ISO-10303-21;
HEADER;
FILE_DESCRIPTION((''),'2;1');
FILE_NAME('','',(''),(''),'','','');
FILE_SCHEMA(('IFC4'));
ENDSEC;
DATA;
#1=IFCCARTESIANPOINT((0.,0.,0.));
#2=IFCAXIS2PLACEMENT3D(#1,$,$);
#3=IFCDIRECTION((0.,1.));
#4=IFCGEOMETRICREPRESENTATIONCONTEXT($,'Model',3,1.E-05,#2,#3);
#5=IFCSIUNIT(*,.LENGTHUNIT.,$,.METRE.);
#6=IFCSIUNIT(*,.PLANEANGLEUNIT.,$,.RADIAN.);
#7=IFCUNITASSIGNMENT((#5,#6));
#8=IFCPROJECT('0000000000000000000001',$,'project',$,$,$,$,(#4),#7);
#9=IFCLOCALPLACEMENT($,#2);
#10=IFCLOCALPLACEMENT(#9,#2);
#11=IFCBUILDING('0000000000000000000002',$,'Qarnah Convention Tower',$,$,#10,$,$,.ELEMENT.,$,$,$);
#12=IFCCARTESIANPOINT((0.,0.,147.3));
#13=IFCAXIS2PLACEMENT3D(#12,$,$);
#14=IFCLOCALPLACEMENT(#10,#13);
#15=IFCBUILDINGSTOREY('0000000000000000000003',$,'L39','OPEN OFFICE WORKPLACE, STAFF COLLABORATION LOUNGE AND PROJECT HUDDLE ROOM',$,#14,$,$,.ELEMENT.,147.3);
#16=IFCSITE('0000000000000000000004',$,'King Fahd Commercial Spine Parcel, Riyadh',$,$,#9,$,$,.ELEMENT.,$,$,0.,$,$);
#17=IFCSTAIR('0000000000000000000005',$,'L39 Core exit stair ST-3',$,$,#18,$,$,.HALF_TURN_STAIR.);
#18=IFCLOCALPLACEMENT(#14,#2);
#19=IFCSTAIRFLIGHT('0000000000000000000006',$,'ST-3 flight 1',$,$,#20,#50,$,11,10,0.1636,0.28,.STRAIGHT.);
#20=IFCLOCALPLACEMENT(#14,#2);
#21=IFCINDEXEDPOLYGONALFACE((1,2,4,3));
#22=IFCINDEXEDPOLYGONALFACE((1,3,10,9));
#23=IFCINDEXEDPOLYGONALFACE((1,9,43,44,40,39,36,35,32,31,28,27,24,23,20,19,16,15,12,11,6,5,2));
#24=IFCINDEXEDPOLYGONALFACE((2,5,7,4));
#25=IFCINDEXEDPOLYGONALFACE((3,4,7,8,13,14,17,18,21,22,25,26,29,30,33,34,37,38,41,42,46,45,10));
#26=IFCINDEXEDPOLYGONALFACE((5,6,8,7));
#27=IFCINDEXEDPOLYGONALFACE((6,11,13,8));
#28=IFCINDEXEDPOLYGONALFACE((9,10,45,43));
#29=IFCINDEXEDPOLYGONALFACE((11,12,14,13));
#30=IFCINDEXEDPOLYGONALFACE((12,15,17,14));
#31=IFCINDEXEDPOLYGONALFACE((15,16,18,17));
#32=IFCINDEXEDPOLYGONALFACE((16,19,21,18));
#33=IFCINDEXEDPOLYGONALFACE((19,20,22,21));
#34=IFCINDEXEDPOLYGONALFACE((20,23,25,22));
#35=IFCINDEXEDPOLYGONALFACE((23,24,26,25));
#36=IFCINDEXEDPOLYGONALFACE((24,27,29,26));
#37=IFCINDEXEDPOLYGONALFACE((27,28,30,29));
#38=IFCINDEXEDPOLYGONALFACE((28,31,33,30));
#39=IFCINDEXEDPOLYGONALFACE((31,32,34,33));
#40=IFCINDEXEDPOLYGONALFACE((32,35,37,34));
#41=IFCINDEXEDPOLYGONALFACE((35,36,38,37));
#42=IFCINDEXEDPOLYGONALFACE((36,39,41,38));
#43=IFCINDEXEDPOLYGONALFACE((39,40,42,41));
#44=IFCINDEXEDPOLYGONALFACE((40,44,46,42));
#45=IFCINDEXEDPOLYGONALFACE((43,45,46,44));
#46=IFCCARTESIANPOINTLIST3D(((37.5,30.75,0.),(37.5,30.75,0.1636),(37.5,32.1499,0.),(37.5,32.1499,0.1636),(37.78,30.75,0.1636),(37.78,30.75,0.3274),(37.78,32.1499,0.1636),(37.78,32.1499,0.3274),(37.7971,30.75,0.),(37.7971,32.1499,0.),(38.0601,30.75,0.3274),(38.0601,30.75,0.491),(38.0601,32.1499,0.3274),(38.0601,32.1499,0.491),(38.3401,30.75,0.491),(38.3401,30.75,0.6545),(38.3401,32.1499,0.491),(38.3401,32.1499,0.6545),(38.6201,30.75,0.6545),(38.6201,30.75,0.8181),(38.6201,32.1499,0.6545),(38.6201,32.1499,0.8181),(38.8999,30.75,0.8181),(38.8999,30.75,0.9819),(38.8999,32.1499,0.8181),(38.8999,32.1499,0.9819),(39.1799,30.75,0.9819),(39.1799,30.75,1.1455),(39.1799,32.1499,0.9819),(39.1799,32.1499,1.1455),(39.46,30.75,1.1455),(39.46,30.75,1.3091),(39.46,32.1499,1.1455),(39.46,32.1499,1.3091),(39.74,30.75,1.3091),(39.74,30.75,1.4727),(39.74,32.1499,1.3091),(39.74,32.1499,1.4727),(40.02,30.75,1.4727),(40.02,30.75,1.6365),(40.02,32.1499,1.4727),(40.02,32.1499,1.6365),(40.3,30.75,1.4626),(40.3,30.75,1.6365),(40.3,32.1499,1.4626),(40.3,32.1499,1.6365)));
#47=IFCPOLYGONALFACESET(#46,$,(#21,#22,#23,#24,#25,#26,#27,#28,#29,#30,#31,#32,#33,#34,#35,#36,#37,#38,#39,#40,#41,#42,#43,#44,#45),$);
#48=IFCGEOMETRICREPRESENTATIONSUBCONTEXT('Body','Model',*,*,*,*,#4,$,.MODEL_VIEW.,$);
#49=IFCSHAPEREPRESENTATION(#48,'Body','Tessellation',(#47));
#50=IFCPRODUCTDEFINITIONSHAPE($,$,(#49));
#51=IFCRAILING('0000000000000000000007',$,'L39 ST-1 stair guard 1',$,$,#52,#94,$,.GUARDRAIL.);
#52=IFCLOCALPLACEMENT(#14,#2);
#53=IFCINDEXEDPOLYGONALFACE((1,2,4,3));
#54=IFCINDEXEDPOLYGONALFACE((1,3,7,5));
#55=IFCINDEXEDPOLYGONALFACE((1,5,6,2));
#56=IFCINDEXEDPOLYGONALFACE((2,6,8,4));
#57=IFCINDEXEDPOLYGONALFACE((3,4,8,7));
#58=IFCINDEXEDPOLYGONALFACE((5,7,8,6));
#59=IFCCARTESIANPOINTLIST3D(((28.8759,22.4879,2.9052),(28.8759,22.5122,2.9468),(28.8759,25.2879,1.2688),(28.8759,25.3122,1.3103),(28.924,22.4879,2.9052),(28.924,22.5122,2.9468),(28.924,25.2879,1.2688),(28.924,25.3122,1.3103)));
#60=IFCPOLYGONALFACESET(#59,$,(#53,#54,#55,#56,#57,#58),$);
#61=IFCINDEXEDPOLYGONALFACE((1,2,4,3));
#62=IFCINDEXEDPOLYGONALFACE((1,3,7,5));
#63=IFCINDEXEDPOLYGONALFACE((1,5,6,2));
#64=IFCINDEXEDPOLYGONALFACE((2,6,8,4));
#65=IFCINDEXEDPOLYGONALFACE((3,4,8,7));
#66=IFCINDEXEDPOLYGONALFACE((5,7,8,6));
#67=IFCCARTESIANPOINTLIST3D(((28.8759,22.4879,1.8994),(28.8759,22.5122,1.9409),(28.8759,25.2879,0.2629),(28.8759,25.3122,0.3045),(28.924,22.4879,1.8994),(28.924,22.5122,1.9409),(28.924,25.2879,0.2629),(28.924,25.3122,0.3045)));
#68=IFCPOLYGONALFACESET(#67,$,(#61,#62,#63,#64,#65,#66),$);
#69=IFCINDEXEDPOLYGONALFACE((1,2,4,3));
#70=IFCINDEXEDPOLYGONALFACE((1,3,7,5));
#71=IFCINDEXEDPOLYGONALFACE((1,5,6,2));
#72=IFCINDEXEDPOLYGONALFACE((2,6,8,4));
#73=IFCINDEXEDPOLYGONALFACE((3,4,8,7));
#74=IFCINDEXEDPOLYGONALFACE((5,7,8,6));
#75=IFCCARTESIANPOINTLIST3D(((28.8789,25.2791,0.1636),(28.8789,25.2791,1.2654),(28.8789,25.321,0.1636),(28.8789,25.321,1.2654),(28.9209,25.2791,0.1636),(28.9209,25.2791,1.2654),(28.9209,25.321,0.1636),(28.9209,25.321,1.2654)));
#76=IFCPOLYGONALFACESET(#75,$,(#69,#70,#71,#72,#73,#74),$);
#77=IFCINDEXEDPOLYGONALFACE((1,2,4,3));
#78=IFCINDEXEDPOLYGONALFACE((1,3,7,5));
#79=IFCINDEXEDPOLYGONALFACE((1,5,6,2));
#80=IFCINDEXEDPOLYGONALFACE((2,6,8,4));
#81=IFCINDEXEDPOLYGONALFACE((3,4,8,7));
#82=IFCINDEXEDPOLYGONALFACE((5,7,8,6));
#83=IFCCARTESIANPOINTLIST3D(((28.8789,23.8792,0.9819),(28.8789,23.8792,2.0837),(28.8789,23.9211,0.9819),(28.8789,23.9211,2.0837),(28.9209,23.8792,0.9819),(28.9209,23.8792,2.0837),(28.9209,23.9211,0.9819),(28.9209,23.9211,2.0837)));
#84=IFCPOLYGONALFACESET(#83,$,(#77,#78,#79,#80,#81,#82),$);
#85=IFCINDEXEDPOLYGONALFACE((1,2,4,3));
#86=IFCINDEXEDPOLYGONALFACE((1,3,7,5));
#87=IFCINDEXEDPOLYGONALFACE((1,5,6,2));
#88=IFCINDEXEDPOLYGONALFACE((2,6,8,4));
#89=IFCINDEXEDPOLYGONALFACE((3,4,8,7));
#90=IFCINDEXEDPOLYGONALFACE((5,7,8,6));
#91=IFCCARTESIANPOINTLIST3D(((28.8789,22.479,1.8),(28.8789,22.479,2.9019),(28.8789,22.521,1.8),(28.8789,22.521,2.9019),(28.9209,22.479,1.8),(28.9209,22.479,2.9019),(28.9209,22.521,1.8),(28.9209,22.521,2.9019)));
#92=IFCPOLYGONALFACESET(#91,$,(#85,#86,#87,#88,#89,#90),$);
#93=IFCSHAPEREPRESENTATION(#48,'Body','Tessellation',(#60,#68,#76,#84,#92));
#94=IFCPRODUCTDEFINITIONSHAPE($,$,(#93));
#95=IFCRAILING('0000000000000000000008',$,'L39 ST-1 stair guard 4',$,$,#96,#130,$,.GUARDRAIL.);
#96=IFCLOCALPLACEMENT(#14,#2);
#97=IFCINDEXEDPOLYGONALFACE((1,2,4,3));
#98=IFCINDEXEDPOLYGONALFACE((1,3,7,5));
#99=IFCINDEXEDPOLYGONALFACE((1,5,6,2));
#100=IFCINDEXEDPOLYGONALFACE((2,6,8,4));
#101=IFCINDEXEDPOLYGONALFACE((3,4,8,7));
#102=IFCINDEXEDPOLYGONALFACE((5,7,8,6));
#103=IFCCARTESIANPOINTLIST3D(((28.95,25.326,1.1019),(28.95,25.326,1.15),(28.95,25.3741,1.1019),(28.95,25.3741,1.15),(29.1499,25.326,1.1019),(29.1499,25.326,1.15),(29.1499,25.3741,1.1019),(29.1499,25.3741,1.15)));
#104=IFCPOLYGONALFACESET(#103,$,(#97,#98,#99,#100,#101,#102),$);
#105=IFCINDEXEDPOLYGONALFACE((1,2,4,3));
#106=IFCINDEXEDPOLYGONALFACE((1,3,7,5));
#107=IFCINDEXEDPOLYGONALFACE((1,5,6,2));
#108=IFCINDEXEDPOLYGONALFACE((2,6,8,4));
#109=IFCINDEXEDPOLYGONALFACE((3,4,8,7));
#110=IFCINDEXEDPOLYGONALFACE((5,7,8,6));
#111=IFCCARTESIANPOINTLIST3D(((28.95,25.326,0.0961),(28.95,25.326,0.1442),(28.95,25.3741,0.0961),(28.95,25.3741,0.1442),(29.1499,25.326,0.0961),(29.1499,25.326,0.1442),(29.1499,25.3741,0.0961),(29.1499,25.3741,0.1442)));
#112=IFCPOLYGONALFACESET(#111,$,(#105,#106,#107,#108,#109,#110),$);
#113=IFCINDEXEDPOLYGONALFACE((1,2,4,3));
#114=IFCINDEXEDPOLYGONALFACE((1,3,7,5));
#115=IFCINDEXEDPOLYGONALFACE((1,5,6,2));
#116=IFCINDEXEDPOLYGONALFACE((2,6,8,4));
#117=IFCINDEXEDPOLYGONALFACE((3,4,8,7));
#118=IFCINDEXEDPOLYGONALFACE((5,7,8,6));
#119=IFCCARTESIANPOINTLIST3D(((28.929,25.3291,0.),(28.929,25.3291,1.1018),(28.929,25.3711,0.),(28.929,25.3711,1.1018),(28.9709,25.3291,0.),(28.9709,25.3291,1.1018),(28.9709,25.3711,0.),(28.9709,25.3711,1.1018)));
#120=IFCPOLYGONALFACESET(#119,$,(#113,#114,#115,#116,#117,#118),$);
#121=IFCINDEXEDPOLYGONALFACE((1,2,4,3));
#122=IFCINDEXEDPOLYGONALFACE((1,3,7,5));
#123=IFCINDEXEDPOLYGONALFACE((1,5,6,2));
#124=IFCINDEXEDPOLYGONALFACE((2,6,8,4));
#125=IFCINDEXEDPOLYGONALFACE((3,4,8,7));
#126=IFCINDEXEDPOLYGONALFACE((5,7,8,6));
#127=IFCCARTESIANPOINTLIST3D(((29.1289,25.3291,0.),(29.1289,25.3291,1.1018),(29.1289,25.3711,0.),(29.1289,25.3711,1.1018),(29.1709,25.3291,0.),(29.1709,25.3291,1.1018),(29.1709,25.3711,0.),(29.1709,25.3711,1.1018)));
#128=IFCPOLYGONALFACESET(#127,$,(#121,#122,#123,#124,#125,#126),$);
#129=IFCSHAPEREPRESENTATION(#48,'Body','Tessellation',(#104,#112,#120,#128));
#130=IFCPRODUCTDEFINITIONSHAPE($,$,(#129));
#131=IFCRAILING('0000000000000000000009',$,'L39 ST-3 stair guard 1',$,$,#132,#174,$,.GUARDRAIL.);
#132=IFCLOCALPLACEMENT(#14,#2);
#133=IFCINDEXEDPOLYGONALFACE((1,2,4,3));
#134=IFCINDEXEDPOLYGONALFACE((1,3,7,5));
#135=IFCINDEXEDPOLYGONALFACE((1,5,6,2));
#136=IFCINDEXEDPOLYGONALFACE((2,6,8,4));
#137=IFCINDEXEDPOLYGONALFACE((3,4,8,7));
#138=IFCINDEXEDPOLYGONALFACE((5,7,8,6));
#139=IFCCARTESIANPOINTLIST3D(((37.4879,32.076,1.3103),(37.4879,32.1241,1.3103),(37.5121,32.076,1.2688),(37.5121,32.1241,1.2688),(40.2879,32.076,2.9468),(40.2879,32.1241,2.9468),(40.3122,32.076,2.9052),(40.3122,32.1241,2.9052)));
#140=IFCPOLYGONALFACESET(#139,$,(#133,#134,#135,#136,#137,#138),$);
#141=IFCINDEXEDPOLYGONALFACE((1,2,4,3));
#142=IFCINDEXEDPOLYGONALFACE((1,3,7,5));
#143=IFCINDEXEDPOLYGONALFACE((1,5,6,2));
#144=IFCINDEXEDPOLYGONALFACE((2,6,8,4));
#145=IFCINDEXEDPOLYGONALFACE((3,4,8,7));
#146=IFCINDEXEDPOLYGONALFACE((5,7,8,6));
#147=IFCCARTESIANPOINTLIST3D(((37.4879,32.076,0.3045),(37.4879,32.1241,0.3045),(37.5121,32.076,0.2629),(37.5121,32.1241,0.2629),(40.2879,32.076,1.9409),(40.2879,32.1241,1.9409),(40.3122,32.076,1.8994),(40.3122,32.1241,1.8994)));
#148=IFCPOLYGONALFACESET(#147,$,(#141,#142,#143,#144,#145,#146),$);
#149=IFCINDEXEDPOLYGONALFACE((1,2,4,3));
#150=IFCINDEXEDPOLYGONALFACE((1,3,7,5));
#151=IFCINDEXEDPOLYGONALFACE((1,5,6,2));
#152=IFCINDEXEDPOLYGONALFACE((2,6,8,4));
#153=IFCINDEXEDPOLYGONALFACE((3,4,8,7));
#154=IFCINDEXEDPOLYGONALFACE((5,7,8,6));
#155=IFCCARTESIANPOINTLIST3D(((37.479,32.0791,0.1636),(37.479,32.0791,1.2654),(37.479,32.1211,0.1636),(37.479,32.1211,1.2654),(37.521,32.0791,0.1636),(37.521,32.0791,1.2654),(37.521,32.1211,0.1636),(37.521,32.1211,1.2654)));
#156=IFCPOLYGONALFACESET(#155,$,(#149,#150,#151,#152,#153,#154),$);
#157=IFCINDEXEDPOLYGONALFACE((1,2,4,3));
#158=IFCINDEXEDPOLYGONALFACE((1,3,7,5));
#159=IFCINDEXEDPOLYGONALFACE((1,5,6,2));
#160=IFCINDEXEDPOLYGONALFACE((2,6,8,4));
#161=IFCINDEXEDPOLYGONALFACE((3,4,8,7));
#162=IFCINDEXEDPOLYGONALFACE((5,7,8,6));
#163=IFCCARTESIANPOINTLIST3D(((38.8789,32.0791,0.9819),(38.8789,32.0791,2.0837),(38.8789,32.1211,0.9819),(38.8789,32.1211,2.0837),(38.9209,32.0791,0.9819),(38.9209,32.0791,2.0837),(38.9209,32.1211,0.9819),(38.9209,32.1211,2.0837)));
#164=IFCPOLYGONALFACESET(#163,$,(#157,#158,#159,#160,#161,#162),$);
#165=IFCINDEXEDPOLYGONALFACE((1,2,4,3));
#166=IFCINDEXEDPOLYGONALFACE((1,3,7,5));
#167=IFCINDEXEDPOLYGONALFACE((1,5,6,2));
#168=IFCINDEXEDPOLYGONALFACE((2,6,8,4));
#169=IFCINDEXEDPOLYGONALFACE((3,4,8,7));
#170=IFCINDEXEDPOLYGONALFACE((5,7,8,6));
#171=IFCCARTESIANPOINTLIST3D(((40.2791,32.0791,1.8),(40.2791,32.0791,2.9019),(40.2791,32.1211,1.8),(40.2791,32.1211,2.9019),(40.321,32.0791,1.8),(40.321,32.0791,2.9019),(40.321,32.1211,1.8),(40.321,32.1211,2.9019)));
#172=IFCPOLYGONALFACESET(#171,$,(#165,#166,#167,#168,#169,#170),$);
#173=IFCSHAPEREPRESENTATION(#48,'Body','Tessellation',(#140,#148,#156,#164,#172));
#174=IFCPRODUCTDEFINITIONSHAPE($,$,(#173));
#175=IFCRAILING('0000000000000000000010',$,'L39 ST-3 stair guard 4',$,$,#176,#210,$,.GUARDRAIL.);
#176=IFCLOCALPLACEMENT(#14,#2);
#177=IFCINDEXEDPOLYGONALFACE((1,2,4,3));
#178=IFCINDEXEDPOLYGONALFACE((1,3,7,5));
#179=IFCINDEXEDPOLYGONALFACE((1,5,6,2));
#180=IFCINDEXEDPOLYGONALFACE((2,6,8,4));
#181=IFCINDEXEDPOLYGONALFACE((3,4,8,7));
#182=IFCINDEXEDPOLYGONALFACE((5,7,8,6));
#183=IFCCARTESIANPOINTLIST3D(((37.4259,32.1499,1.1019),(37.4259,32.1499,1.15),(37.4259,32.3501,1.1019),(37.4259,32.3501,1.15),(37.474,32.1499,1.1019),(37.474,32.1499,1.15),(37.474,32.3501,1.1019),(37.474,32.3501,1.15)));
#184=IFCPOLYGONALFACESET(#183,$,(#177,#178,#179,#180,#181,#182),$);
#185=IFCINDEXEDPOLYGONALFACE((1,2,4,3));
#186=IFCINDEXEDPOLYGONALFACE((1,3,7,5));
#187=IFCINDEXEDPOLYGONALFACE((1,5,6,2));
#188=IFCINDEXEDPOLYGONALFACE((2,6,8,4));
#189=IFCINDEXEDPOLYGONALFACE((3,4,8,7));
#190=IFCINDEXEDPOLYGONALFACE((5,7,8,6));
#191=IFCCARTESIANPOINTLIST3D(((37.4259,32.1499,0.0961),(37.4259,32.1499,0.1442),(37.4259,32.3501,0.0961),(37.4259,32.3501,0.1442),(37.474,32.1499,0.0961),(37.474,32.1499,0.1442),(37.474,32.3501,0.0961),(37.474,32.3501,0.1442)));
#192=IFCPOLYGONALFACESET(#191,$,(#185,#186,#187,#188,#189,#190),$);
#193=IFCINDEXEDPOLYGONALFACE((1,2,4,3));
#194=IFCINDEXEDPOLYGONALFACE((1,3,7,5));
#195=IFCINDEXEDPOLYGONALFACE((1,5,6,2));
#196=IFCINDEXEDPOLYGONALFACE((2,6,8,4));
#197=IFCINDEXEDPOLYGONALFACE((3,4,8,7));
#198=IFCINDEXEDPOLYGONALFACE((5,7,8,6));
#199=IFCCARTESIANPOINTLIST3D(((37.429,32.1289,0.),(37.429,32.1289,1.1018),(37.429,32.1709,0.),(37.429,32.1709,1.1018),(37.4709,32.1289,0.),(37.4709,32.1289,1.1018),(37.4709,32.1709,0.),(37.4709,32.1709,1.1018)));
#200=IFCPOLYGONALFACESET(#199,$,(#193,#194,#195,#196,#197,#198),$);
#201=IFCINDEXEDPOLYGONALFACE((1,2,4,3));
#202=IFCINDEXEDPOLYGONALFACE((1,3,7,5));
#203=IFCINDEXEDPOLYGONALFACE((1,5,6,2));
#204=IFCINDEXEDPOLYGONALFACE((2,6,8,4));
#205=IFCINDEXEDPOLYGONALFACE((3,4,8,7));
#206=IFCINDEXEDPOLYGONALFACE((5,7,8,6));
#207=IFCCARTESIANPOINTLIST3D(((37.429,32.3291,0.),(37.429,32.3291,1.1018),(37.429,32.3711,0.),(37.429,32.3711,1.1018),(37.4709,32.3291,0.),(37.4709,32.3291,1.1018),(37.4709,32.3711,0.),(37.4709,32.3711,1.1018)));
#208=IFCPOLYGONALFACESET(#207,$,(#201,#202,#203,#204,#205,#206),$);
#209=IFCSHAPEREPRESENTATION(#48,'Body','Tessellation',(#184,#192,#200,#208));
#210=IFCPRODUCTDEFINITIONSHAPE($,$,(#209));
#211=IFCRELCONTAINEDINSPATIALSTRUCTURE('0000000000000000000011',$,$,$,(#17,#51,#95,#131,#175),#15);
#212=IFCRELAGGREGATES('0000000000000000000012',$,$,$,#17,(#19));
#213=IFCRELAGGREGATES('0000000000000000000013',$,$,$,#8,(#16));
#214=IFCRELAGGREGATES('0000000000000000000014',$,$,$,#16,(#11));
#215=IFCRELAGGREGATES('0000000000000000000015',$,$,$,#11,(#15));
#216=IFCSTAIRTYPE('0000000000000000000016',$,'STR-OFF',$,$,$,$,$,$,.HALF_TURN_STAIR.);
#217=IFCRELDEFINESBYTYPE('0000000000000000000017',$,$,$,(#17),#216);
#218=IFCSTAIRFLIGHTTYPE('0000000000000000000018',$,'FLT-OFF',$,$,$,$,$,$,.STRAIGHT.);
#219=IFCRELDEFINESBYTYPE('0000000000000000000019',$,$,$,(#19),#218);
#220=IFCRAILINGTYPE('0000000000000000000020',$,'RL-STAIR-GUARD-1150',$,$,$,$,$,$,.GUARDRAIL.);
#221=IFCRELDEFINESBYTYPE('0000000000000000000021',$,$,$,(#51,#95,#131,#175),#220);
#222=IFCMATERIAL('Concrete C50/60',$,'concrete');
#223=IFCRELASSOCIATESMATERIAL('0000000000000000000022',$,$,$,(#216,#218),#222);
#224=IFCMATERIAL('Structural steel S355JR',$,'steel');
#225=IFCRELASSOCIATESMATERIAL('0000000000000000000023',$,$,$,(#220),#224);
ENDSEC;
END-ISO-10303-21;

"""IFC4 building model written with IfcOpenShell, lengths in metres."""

from ifc_helpers import new_model, si_unit, direction, frame, origin, origin_2d, place, context, subcontext, project, spatial, polyline, rectangle, outline, extrude, material, type_object, element, aggregate, save


model = new_model("IFC4")

# Units and contexts
model_context = context("Model", 3, precision=1e-05, world=origin(), true_north=direction((0.0, 1.0)))
body_context = subcontext(model_context, "Body", "Model", "MODEL_VIEW")
ifc_project = project(units=[si_unit("LENGTHUNIT", "METRE"), si_unit("PLANEANGLEUNIT", "RADIAN")], contexts=[model_context])

# Site, building, storey
site_placement = place(None, origin())
site = spatial("IfcSite", under=ifc_project, at=site_placement, Name="King Fahd Commercial Spine Parcel, Riyadh", CompositionType="ELEMENT", RefElevation=0.0)
building_placement = place(site_placement, origin())
building = spatial("IfcBuilding", under=site, at=building_placement, Name="Qarnah Convention Tower", CompositionType="ELEMENT")
storey_placement = place(building_placement, frame((0.0, 0.0, 147.3)))
storey = spatial("IfcBuildingStorey", under=building, at=storey_placement, Name="L39", Description="OPEN OFFICE WORKPLACE, STAFF COLLABORATION LOUNGE AND PROJECT HUDDLE ROOM", CompositionType="ELEMENT", Elevation=147.3)

# Shared definitions
ifc_material_1 = material(Name="Structural steel S355JR", Category="steel")

# Stair, stair flight
ifc_material_2 = material(Name="Concrete C50/60", Category="concrete")
stair_type = type_object("IfcStairType", Name="STR-OFF", PredefinedType="HALF_TURN_STAIR", material=ifc_material_2)
stair_placement = place(storey_placement, origin())
stair = element("IfcStair", 1, at=stair_placement, inside=storey, type_object=stair_type, Name="L39 Core exit stair ST-3", PredefinedType="HALF_TURN_STAIR")
stair_flight_type = type_object("IfcStairFlightType", Name="FLT-OFF", PredefinedType="STRAIGHT", material=ifc_material_2)
stair_flight_placement = place(storey_placement, frame((37.5, 31.45, 0.0), z_axis=(0.0, 0.0, 1.0), x_axis=(1.0, 0.0, 0.0)))
stair_flight = element("IfcStairFlight", 2, at=stair_flight_placement, type_object=stair_flight_type, Name="ST-3 flight 1", NumberOfRisers=11, NumberOfTreads=10, PredefinedType="STRAIGHT", RiserHeight=0.1636, TreadLength=0.28, context=body_context, shape_type="SweptSolid", body=[
    extrude(outline(polyline([(0.0, 0.0), (0.0, 0.1636), (0.28, 0.1636), (0.28, 0.3274), (0.5601, 0.3274), (0.5601, 0.491), (0.8401, 0.491), (0.8401, 0.6545), (1.1201, 0.6545), (1.1201, 0.8181), (1.3999, 0.8181), (1.3999, 0.9819), (1.6799, 0.9819), (1.6799, 1.1455), (1.96, 1.1455), (1.96, 1.3091), (2.24, 1.3091), (2.24, 1.4727), (2.52, 1.4727), (2.52, 1.6365), (2.8, 1.6365), (2.8, 1.8), (2.8, 1.4626), (0.2971, 0.0), (0.0, 0.0)])), frame((0.0, 0.7, 0.0), z_axis=(0.0, -1.0, 0.0), x_axis=(1.0, 0.0, 0.0)), (0.0, 0.0, 1.0), 1.3999),
])
aggregate(stair, [stair_flight])

# Railings
railing_type_1 = type_object("IfcRailingType", Name="RL-STAIR-GUARD-1150", PredefinedType="GUARDRAIL", material=ifc_material_1)
railing_1_placement = place(storey_placement, frame((28.8999, 25.3, 0.1636)))
element("IfcRailing", 3, at=railing_1_placement, inside=storey, type_object=railing_type_1, Name="L39 ST-1 stair guard 1", PredefinedType="GUARDRAIL", context=body_context, shape_type="SweptSolid", body=[
    extrude(rectangle(XDim=0.0481, YDim=0.0481, at=origin_2d()), frame((0.0, 0.0, 1.126), z_axis=(0.0, -0.863361, 0.504587), x_axis=(1.0, 0.0, 0.0)), (0.0, 0.0, 1.0), 3.2432),
    extrude(rectangle(XDim=0.0481, YDim=0.0481, at=origin_2d()), frame((0.0, 0.0, 0.1201), z_axis=(0.0, -0.863361, 0.504587), x_axis=(1.0, 0.0, 0.0)), (0.0, 0.0, 1.0), 3.2432),
    extrude(rectangle(XDim=0.042, YDim=0.042, at=origin_2d()), origin(), (0.0, 0.0, 1.0), 1.1018),
    extrude(rectangle(XDim=0.042, YDim=0.042, at=origin_2d()), frame((0.0, -1.3999, 0.8184)), (0.0, 0.0, 1.0), 1.1018),
    extrude(rectangle(XDim=0.042, YDim=0.042, at=origin_2d()), frame((0.0, -2.8, 1.6365)), (0.0, 0.0, 1.0), 1.1018),
])
railing_2_placement = place(storey_placement, frame((28.95, 25.3501, 0.0)))
element("IfcRailing", 4, at=railing_2_placement, inside=storey, type_object=railing_type_1, Name="L39 ST-1 stair guard 4", PredefinedType="GUARDRAIL", context=body_context, shape_type="SweptSolid", body=[
    extrude(rectangle(XDim=0.0481, YDim=0.0481, at=origin_2d()), frame((0.0, 0.0, 1.126), z_axis=(1.0, 0.0, 0.0), x_axis=(0.0, 1.0, 0.0)), (0.0, 0.0, 1.0), 0.2),
    extrude(rectangle(XDim=0.0481, YDim=0.0481, at=origin_2d()), frame((0.0, 0.0, 0.1201), z_axis=(1.0, 0.0, 0.0), x_axis=(0.0, 1.0, 0.0)), (0.0, 0.0, 1.0), 0.2),
    extrude(rectangle(XDim=0.042, YDim=0.042, at=origin_2d()), origin(), (0.0, 0.0, 1.0), 1.1018),
    extrude(rectangle(XDim=0.042, YDim=0.042, at=origin_2d()), frame((0.2, 0.0, 0.0)), (0.0, 0.0, 1.0), 1.1018),
])
railing_3_placement = place(storey_placement, frame((37.5, 32.1001, 0.1636)))
element("IfcRailing", 5, at=railing_3_placement, inside=storey, type_object=railing_type_1, Name="L39 ST-3 stair guard 1", PredefinedType="GUARDRAIL", context=body_context, shape_type="SweptSolid", body=[
    extrude(rectangle(XDim=0.0481, YDim=0.0481, at=origin_2d()), frame((0.0, 0.0, 1.126), z_axis=(0.863361, 0.0, 0.504587), x_axis=(0.0, 1.0, 0.0)), (0.0, 0.0, 1.0), 3.2432),
    extrude(rectangle(XDim=0.0481, YDim=0.0481, at=origin_2d()), frame((0.0, 0.0, 0.1201), z_axis=(0.863361, 0.0, 0.504587), x_axis=(0.0, 1.0, 0.0)), (0.0, 0.0, 1.0), 3.2432),
    extrude(rectangle(XDim=0.042, YDim=0.042, at=origin_2d()), origin(), (0.0, 0.0, 1.0), 1.1018),
    extrude(rectangle(XDim=0.042, YDim=0.042, at=origin_2d()), frame((1.3999, 0.0, 0.8184)), (0.0, 0.0, 1.0), 1.1018),
    extrude(rectangle(XDim=0.042, YDim=0.042, at=origin_2d()), frame((2.8, 0.0, 1.6365)), (0.0, 0.0, 1.0), 1.1018),
])
railing_4_placement = place(storey_placement, frame((37.45, 32.1499, 0.0)))
element("IfcRailing", 6, at=railing_4_placement, inside=storey, type_object=railing_type_1, Name="L39 ST-3 stair guard 4", PredefinedType="GUARDRAIL", context=body_context, shape_type="SweptSolid", body=[
    extrude(rectangle(XDim=0.0481, YDim=0.0481, at=origin_2d()), frame((0.0, 0.0, 1.126), z_axis=(0.0, 1.0, 0.0), x_axis=(-1.0, 0.0, 0.0)), (0.0, 0.0, 1.0), 0.2002),
    extrude(rectangle(XDim=0.0481, YDim=0.0481, at=origin_2d()), frame((0.0, 0.0, 0.1201), z_axis=(0.0, 1.0, 0.0), x_axis=(-1.0, 0.0, 0.0)), (0.0, 0.0, 1.0), 0.2002),
    extrude(rectangle(XDim=0.042, YDim=0.042, at=origin_2d()), origin(), (0.0, 0.0, 1.0), 1.1018),
    extrude(rectangle(XDim=0.042, YDim=0.042, at=origin_2d()), frame((0.0, 0.2002, 0.0)), (0.0, 0.0, 1.0), 1.1018),
])

save(model, "model.ifc")
